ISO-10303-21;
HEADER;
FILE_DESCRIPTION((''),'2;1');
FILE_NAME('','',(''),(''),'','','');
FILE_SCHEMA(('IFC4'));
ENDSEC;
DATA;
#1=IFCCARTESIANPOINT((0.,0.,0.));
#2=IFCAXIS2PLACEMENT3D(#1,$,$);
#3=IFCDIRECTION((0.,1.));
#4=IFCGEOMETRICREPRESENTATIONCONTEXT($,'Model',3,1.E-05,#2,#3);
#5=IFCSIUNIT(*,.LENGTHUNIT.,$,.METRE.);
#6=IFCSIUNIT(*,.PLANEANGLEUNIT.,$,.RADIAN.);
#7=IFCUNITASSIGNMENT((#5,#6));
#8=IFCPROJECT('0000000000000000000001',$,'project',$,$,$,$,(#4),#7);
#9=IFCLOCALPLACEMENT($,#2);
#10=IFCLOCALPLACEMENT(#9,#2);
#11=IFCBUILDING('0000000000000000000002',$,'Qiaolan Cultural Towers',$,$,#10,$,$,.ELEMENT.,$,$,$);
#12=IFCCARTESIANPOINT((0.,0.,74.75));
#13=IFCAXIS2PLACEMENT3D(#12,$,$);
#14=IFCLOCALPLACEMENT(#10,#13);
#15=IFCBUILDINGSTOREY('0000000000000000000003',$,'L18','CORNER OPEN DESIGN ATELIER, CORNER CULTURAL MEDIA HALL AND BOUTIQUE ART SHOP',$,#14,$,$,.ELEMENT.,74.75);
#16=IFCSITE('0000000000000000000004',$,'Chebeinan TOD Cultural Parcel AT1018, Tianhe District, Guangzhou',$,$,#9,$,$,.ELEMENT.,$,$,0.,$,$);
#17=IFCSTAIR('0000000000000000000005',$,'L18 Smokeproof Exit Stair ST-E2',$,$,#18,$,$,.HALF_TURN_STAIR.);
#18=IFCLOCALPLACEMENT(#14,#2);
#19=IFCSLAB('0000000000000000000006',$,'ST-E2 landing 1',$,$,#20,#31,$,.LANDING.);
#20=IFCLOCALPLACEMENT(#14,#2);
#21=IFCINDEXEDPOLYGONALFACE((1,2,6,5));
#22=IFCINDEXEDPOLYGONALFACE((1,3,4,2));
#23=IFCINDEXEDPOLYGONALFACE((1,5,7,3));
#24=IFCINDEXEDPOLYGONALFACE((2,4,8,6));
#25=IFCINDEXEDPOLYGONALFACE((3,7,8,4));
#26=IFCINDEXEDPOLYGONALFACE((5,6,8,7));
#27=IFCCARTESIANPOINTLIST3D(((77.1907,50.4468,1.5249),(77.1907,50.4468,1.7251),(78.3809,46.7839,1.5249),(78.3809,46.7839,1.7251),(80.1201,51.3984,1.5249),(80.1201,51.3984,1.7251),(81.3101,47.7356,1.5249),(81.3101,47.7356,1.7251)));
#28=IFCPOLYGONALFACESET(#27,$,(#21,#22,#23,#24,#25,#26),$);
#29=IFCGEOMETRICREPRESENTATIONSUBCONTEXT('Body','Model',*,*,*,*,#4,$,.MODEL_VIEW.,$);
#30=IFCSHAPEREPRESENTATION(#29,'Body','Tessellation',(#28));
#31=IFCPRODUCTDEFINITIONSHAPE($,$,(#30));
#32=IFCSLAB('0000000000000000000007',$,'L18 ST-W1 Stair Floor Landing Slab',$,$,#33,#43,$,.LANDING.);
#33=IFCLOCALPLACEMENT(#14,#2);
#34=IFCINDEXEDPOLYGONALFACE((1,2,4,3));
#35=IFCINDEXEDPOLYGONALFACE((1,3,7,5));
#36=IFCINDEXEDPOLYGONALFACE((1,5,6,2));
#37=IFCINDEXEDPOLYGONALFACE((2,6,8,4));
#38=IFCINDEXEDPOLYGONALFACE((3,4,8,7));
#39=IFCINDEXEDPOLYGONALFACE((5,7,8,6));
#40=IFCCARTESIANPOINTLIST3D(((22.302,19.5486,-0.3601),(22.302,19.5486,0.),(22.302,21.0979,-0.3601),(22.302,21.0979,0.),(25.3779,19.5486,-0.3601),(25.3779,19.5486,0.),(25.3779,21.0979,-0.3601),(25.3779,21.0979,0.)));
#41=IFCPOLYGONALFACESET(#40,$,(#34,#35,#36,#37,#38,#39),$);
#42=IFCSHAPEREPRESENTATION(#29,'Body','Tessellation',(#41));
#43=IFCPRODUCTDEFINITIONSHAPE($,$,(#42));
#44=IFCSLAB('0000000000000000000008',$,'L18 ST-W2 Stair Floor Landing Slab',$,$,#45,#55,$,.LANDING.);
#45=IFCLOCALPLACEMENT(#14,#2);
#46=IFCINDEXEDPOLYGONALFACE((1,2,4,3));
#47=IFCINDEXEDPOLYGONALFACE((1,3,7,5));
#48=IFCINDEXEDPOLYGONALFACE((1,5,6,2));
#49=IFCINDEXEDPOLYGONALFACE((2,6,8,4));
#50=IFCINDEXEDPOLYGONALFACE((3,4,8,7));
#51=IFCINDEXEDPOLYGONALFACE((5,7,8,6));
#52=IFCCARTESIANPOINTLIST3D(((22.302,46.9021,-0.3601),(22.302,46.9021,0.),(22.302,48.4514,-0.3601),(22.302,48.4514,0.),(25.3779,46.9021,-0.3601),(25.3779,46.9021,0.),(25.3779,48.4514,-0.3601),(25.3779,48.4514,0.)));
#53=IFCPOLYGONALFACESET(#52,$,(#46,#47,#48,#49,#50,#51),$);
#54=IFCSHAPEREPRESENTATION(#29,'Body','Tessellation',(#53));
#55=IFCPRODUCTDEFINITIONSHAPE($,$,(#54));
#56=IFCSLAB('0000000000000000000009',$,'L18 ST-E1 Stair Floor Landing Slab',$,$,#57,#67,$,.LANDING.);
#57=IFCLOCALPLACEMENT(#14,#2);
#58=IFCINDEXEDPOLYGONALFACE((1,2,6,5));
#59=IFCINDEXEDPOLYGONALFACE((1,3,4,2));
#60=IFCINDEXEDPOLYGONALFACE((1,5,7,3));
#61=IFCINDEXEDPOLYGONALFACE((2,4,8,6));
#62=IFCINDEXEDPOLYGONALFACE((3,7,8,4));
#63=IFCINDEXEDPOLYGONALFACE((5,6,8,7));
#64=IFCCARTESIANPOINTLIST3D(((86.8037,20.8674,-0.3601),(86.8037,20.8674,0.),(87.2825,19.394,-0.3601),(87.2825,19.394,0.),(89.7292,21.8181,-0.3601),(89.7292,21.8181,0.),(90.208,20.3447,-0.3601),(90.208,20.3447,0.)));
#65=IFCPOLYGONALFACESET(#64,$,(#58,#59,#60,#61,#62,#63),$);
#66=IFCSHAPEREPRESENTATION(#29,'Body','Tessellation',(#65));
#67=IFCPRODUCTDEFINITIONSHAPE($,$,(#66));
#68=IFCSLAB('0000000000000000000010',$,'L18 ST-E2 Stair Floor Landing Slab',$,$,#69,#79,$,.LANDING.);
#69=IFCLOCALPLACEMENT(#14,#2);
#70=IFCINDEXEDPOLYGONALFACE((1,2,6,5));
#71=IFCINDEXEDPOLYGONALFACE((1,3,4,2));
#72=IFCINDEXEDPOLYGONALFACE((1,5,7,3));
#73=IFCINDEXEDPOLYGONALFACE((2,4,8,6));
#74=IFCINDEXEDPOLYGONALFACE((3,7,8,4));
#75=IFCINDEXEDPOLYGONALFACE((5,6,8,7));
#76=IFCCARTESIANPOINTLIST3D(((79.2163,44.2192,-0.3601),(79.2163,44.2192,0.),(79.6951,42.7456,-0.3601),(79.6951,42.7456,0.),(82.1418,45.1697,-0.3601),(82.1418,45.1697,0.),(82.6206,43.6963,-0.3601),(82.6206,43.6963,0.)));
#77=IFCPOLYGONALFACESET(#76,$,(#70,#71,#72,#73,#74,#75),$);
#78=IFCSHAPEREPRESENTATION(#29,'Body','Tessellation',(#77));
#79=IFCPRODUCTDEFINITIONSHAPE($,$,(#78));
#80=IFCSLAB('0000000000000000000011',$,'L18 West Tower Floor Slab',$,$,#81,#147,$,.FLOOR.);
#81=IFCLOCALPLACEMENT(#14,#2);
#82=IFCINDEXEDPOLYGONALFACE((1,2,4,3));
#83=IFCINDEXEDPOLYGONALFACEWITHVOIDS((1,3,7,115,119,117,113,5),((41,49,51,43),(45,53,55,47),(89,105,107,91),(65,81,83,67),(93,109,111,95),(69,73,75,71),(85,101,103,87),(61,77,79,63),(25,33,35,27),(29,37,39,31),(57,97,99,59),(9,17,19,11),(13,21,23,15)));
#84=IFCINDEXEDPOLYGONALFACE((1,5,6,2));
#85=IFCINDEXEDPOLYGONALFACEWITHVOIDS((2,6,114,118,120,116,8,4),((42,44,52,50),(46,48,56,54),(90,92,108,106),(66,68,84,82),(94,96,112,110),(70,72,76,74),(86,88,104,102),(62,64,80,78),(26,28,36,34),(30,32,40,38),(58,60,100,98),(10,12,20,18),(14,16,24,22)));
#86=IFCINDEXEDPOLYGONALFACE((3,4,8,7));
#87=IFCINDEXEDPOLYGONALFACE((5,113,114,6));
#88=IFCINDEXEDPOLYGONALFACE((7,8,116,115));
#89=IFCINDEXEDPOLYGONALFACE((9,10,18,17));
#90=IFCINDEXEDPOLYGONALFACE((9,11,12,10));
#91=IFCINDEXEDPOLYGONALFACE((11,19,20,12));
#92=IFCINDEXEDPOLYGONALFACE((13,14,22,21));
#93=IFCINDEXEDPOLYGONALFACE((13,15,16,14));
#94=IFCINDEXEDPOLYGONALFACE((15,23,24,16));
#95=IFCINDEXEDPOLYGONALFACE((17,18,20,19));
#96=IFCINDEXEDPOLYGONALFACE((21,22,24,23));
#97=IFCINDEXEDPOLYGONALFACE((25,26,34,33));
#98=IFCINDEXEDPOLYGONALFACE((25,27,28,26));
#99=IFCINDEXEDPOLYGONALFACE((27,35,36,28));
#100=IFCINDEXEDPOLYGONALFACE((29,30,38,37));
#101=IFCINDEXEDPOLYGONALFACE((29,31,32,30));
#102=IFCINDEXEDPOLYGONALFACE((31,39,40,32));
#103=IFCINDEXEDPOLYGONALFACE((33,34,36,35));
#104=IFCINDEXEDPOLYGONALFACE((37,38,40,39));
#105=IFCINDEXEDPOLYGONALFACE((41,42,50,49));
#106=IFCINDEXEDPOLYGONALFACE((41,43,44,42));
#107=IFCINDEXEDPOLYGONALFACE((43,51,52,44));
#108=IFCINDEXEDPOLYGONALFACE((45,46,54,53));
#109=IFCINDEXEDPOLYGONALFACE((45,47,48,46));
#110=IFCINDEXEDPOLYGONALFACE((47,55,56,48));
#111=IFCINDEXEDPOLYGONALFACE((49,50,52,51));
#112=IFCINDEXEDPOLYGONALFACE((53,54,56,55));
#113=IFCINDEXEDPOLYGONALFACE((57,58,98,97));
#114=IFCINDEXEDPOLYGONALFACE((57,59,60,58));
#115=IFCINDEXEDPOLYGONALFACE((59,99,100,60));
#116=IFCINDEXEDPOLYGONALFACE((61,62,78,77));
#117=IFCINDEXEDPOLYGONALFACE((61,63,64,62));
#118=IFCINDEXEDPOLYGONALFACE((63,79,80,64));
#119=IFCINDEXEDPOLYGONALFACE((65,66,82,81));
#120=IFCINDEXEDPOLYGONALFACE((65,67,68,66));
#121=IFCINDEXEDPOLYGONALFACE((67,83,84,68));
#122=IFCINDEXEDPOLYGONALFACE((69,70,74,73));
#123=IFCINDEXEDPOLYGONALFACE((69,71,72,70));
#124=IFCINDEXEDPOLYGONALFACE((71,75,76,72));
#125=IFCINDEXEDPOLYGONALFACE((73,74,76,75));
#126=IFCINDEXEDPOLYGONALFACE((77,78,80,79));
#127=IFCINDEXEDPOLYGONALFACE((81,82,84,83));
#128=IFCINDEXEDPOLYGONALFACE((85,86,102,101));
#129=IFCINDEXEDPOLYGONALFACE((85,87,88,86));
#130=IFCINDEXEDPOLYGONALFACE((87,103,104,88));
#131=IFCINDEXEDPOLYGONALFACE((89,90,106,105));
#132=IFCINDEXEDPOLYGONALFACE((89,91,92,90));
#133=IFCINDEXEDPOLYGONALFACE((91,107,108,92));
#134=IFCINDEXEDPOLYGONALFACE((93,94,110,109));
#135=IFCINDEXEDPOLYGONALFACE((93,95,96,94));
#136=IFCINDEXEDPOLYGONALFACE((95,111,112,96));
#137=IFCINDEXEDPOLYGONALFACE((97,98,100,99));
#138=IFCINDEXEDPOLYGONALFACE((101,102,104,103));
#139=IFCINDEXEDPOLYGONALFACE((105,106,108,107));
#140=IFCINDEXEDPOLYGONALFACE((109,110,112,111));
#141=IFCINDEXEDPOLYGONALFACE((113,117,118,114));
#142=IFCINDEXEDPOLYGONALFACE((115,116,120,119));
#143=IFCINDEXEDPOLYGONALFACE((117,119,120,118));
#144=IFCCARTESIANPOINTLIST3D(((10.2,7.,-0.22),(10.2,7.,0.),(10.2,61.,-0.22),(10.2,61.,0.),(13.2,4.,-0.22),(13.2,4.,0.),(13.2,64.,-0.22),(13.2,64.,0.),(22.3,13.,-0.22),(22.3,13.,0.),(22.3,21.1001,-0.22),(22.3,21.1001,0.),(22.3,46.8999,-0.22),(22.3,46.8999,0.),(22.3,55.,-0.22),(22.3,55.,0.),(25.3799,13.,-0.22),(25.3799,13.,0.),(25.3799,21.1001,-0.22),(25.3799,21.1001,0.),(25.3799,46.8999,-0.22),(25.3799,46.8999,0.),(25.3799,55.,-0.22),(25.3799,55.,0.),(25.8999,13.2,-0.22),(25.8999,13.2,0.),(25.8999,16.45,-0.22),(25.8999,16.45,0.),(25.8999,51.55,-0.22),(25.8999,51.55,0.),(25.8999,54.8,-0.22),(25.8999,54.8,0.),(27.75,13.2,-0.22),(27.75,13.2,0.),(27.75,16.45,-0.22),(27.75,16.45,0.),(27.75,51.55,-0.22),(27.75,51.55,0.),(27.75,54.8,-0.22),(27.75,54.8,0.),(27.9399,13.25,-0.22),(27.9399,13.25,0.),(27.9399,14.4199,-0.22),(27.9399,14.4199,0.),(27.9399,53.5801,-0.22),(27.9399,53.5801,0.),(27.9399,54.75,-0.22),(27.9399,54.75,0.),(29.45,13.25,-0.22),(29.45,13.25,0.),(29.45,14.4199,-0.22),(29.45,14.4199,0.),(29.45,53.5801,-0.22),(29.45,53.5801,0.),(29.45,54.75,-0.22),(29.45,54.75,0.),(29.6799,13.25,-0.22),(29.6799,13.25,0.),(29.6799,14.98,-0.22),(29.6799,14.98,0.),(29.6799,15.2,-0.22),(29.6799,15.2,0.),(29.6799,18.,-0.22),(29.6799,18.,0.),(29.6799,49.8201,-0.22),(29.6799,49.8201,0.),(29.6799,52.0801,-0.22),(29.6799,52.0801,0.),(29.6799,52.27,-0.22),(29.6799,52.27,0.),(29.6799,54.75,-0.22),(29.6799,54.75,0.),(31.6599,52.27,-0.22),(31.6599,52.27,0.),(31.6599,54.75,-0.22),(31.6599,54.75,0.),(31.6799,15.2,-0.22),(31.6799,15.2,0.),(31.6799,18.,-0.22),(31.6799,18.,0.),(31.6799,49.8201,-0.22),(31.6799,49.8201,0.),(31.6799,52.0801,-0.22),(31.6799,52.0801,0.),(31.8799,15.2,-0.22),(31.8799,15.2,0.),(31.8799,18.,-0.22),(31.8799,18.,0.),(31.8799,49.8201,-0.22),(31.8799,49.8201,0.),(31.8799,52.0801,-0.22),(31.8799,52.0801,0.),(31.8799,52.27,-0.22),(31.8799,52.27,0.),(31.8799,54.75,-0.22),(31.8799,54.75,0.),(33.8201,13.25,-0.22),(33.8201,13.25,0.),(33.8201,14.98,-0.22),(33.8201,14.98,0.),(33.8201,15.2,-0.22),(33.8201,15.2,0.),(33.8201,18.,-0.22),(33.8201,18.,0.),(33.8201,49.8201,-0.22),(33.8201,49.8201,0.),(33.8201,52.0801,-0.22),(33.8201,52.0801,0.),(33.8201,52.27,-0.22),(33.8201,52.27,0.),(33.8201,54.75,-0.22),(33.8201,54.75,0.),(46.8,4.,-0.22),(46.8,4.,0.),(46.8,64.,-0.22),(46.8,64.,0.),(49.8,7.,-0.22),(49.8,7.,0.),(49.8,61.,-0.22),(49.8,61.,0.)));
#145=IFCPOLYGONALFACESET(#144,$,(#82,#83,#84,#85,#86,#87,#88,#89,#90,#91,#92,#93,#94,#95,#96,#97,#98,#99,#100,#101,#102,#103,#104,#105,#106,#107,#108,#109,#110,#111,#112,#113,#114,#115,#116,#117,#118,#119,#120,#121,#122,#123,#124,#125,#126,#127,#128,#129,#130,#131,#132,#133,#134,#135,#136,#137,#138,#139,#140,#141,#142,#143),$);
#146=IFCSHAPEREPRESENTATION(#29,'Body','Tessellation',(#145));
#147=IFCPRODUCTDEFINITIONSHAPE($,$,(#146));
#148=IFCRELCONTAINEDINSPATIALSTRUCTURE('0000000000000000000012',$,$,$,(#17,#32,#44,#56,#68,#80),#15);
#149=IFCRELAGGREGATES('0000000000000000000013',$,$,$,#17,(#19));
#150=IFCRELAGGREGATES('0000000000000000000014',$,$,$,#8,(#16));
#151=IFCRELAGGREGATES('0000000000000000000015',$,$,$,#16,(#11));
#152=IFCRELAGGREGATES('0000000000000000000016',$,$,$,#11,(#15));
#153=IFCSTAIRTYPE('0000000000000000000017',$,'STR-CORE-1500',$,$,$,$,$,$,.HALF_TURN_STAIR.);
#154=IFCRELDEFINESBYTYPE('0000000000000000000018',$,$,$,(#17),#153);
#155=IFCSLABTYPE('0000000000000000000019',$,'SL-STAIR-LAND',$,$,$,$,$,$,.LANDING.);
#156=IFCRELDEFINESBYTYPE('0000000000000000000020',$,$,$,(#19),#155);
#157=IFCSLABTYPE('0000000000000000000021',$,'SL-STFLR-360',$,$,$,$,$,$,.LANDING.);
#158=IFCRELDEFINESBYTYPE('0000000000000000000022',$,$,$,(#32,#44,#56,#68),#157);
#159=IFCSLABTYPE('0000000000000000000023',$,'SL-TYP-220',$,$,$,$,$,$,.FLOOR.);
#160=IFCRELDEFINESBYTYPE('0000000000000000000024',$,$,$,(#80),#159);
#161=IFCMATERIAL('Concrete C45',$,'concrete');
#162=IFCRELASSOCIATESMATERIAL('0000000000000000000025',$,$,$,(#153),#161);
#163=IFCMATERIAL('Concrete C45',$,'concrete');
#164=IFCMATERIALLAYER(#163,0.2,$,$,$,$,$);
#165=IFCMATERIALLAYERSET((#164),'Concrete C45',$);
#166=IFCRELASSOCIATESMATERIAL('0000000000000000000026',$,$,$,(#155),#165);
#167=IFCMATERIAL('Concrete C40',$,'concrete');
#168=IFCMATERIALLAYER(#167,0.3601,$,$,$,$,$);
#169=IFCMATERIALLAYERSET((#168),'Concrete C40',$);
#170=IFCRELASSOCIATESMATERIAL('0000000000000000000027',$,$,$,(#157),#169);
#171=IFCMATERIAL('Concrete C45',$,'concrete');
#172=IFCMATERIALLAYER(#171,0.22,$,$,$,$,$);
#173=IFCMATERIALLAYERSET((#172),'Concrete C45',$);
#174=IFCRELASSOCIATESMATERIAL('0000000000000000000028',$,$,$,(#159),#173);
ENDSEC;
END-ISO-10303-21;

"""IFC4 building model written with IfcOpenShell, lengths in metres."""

from ifc_helpers import new_model, si_unit, direction, frame, origin, place, context, subcontext, project, spatial, polyline, outline, extrude, material, layer, layer_set, type_object, element, aggregate, save


model = new_model("IFC4")

# Units and contexts
model_context = context("Model", 3, precision=1e-05, world=origin(), true_north=direction((0.0, 1.0)))
body_context = subcontext(model_context, "Body", "Model", "MODEL_VIEW")
ifc_project = project(units=[si_unit("LENGTHUNIT", "METRE"), si_unit("PLANEANGLEUNIT", "RADIAN")], contexts=[model_context])

# Site, building, storey
site_placement = place(None, origin())
site = spatial("IfcSite", under=ifc_project, at=site_placement, Name="Chebeinan TOD Cultural Parcel AT1018, Tianhe District, Guangzhou", CompositionType="ELEMENT", RefElevation=0.0)
building_placement = place(site_placement, origin())
building = spatial("IfcBuilding", under=site, at=building_placement, Name="Qiaolan Cultural Towers", CompositionType="ELEMENT")
storey_placement = place(building_placement, frame((0.0, 0.0, 74.75)))
storey = spatial("IfcBuildingStorey", under=building, at=storey_placement, Name="L18", Description="CORNER OPEN DESIGN ATELIER, CORNER CULTURAL MEDIA HALL AND BOUTIQUE ART SHOP", CompositionType="ELEMENT", Elevation=74.75)

# Stair, slab
ifc_material_1 = material(Name="Concrete C45", Category="concrete")
stair_type = type_object("IfcStairType", Name="STR-CORE-1500", PredefinedType="HALF_TURN_STAIR", material=ifc_material_1)
ifc_material_2 = material(Name="Concrete C45", Category="concrete")
ifc_layer_1 = layer(ifc_material_2, 0.2)
ifc_layer_set_1 = layer_set([ifc_layer_1], Name="Concrete C45")
slab_type_1 = type_object("IfcSlabType", Name="SL-STAIR-LAND", PredefinedType="LANDING", material=ifc_layer_set_1)
stair_1_placement = place(storey_placement, origin())
stair_1 = element("IfcStair", 1, at=stair_1_placement, inside=storey, type_object=stair_type, Name="L18 Smokeproof Exit Stair ST-E2", PredefinedType="HALF_TURN_STAIR")
slab_1_placement = place(storey_placement, frame((0.0, 0.0, 1.5249)))
slab_1 = element("IfcSlab", 2, at=slab_1_placement, type_object=slab_type_1, Name="ST-E2 landing 1", PredefinedType="LANDING", context=body_context, shape_type="SweptSolid", body=[
    extrude(outline(polyline([(81.3101, 47.7356), (80.1201, 51.3984), (77.1907, 50.4468), (78.3809, 46.7839), (81.3101, 47.7356)])), origin(), (0.0, 0.0, 1.0), 0.2002),
])
aggregate(stair_1, [slab_1])

# Slabs
ifc_material_3 = material(Name="Concrete C40", Category="concrete")
ifc_layer_2 = layer(ifc_material_3, 0.3601)
ifc_layer_set_2 = layer_set([ifc_layer_2], Name="Concrete C40")
slab_type_2 = type_object("IfcSlabType", Name="SL-STFLR-360", PredefinedType="LANDING", material=ifc_layer_set_2)
slab_2_placement = place(storey_placement, frame((0.0, 0.0, -0.3601)))
element("IfcSlab", 3, at=slab_2_placement, inside=storey, type_object=slab_type_2, Name="L18 ST-W1 Stair Floor Landing Slab", PredefinedType="LANDING", context=body_context, shape_type="SweptSolid", body=[
    extrude(outline(polyline([(22.302, 21.0979), (22.302, 19.5486), (25.3779, 19.5486), (25.3779, 21.0979), (22.302, 21.0979)])), origin(), (0.0, 0.0, 1.0), 0.3601),
])
slab_3_placement = place(storey_placement, frame((0.0, 0.0, -0.3601)))
element("IfcSlab", 4, at=slab_3_placement, inside=storey, type_object=slab_type_2, Name="L18 ST-W2 Stair Floor Landing Slab", PredefinedType="LANDING", context=body_context, shape_type="SweptSolid", body=[
    extrude(outline(polyline([(25.3779, 46.9021), (25.3779, 48.4514), (22.302, 48.4514), (22.302, 46.9021), (25.3779, 46.9021)])), origin(), (0.0, 0.0, 1.0), 0.3601),
])
slab_4_placement = place(storey_placement, frame((0.0, 0.0, -0.3601)))
element("IfcSlab", 5, at=slab_4_placement, inside=storey, type_object=slab_type_2, Name="L18 ST-E1 Stair Floor Landing Slab", PredefinedType="LANDING", context=body_context, shape_type="SweptSolid", body=[
    extrude(outline(polyline([(86.8037, 20.8674), (87.2825, 19.394), (90.208, 20.3447), (89.7292, 21.8181), (86.8037, 20.8674)])), origin(), (0.0, 0.0, 1.0), 0.3601),
])
slab_5_placement = place(storey_placement, frame((0.0, 0.0, -0.3601)))
element("IfcSlab", 6, at=slab_5_placement, inside=storey, type_object=slab_type_2, Name="L18 ST-E2 Stair Floor Landing Slab", PredefinedType="LANDING", context=body_context, shape_type="SweptSolid", body=[
    extrude(outline(polyline([(82.6206, 43.6963), (82.1418, 45.1697), (79.2163, 44.2192), (79.6951, 42.7456), (82.6206, 43.6963)])), origin(), (0.0, 0.0, 1.0), 0.3601),
])
ifc_material_4 = material(Name="Concrete C45", Category="concrete")
ifc_layer_3 = layer(ifc_material_4, 0.22)
ifc_layer_set_3 = layer_set([ifc_layer_3], Name="Concrete C45")
slab_type_3 = type_object("IfcSlabType", Name="SL-TYP-220", PredefinedType="FLOOR", material=ifc_layer_set_3)
slab_6_placement = place(storey_placement, frame((0.0, 0.0, -0.22)))
element("IfcSlab", 7, at=slab_6_placement, inside=storey, type_object=slab_type_3, Name="L18 West Tower Floor Slab", PredefinedType="FLOOR", context=body_context, shape_type="SweptSolid", body=[
    extrude(outline(polyline([(13.2, 4.0), (46.8, 4.0), (49.8, 7.0), (49.8, 61.0), (46.8, 64.0), (13.2, 64.0), (10.2, 61.0), (10.2, 7.0), (13.2, 4.0)]), holes=[polyline([(22.3, 21.1001), (22.3, 13.0), (25.3799, 13.0), (25.3799, 21.1001), (22.3, 21.1001)]), polyline([(25.3799, 46.8999), (25.3799, 55.0), (22.3, 55.0), (22.3, 46.8999), (25.3799, 46.8999)]), polyline([(25.8999, 13.2), (27.75, 13.2), (27.75, 16.45), (25.8999, 16.45), (25.8999, 13.2)]), polyline([(27.9399, 13.25), (29.45, 13.25), (29.45, 14.4199), (27.9399, 14.4199), (27.9399, 13.25)]), polyline([(29.6799, 15.2), (31.6799, 15.2), (31.6799, 18.0), (29.6799, 18.0), (29.6799, 15.2)]), polyline([(31.8799, 15.2), (33.8201, 15.2), (33.8201, 18.0), (31.8799, 18.0), (31.8799, 15.2)]), polyline([(29.6799, 13.25), (33.8201, 13.25), (33.8201, 14.98), (29.6799, 14.98), (29.6799, 13.25)]), polyline([(25.8999, 51.55), (27.75, 51.55), (27.75, 54.8), (25.8999, 54.8), (25.8999, 51.55)]), polyline([(27.9399, 53.5801), (29.45, 53.5801), (29.45, 54.75), (27.9399, 54.75), (27.9399, 53.5801)]), polyline([(29.6799, 49.8201), (31.6799, 49.8201), (31.6799, 52.0801), (29.6799, 52.0801), (29.6799, 49.8201)]), polyline([(31.8799, 49.8201), (33.8201, 49.8201), (33.8201, 52.0801), (31.8799, 52.0801), (31.8799, 49.8201)]), polyline([(29.6799, 52.27), (31.6599, 52.27), (31.6599, 54.75), (29.6799, 54.75), (29.6799, 52.27)]), polyline([(31.8799, 52.27), (33.8201, 52.27), (33.8201, 54.75), (31.8799, 54.75), (31.8799, 52.27)])]), origin(), (0.0, 0.0, 1.0), 0.22),
])

save(model, "model.ifc")
